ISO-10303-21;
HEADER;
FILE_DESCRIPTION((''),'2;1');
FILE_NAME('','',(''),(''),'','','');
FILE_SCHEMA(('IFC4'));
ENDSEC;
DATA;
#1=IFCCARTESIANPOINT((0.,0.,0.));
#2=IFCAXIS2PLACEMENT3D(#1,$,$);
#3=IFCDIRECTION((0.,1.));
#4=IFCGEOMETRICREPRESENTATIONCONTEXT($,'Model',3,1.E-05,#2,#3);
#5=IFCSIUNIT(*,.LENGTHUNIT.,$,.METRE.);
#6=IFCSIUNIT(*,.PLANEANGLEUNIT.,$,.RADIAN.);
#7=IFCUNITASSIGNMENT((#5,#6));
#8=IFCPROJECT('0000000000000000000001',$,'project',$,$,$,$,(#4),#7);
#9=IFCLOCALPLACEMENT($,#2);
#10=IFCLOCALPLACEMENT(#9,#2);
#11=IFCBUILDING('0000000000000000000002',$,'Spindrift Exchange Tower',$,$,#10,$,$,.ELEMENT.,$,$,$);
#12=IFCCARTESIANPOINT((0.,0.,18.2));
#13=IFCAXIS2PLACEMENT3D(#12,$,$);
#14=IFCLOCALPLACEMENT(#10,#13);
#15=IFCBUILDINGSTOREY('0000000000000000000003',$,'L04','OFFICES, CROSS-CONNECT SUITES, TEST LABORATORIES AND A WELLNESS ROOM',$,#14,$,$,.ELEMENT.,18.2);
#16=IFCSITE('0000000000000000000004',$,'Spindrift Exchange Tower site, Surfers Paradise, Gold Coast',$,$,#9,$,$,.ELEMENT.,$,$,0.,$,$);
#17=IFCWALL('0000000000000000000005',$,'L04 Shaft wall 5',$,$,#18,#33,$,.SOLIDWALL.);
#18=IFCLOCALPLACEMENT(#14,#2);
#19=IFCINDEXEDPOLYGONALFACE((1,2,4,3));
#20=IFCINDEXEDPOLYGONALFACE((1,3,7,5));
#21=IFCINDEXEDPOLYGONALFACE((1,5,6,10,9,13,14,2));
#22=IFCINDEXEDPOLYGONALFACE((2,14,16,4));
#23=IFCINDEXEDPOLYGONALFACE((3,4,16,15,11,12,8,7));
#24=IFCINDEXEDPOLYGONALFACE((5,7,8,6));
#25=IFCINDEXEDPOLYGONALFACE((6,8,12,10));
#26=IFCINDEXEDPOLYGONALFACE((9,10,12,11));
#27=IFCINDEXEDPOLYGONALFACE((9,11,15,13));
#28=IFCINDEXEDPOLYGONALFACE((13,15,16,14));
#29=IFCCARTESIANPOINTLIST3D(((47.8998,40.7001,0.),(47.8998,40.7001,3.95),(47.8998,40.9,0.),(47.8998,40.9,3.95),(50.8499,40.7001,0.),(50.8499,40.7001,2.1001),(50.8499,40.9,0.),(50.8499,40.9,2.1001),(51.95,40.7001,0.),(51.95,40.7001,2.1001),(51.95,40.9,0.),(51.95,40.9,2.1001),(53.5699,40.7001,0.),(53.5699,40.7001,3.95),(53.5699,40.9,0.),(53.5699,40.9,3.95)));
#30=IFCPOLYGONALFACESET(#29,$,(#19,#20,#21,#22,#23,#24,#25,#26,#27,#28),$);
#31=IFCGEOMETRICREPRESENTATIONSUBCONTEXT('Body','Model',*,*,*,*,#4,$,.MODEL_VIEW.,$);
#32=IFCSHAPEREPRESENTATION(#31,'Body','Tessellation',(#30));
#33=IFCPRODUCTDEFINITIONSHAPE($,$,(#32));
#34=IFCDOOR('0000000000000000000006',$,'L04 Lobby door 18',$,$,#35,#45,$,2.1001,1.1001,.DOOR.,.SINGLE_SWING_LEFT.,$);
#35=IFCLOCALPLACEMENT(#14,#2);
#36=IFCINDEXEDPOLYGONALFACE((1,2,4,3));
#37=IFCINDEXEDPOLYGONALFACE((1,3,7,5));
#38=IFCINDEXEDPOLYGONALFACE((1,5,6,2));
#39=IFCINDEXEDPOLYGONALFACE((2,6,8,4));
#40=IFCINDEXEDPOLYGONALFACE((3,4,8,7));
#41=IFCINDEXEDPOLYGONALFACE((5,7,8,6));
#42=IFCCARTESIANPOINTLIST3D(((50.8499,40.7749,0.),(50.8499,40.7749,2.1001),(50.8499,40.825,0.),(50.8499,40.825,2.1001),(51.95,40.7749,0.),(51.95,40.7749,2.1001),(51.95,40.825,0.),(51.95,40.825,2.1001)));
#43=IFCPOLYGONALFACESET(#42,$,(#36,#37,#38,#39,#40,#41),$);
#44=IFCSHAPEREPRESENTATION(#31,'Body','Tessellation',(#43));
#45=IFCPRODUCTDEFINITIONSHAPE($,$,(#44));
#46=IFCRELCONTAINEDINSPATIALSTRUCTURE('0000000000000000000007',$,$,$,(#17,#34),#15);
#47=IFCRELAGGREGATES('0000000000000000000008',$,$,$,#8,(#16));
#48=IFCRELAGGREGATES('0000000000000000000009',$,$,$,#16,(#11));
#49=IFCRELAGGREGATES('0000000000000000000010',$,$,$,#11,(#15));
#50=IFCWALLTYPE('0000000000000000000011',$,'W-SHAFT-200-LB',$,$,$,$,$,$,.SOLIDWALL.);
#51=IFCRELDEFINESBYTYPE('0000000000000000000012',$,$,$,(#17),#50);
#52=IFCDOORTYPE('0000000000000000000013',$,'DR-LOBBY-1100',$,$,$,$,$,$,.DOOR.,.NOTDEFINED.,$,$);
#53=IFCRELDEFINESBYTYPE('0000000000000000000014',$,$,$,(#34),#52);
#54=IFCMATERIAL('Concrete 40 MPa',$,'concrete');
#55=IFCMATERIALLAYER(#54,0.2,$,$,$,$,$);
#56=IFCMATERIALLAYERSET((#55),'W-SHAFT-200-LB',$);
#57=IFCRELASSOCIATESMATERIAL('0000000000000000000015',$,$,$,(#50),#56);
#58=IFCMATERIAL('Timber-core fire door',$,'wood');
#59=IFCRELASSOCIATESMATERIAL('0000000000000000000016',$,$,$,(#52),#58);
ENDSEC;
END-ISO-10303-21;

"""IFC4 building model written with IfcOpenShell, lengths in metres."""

from ifc_helpers import new_model, si_unit, direction, frame, frame_2d, origin, place, context, subcontext, project, spatial, rectangle, extrude, source, transform, mapped, material, layer, layer_set, type_object, element, fill, save


model = new_model("IFC4")

# Units and contexts
model_context = context("Model", 3, precision=1e-05, world=origin(), true_north=direction((0.0, 1.0)))
body_context = subcontext(model_context, "Body", "Model", "MODEL_VIEW")
ifc_project = project(units=[si_unit("LENGTHUNIT", "METRE"), si_unit("PLANEANGLEUNIT", "RADIAN")], contexts=[model_context])

# Site, building, storey
site_placement = place(None, origin())
site = spatial("IfcSite", under=ifc_project, at=site_placement, Name="Spindrift Exchange Tower site, Surfers Paradise, Gold Coast", CompositionType="ELEMENT", RefElevation=0.0)
building_placement = place(site_placement, origin())
building = spatial("IfcBuilding", under=site, at=building_placement, Name="Spindrift Exchange Tower", CompositionType="ELEMENT")
storey_placement = place(building_placement, frame((0.0, 0.0, 18.2)))
storey = spatial("IfcBuildingStorey", under=building, at=storey_placement, Name="L04", Description="OFFICES, CROSS-CONNECT SUITES, TEST LABORATORIES AND A WELLNESS ROOM", CompositionType="ELEMENT", Elevation=18.2)

# Shared definitions
ifc_material_1 = material(Name="Concrete 40 MPa", Category="concrete")

# Wall, opening, door
ifc_layer_1 = layer(ifc_material_1, 0.2)
ifc_layer_set_1 = layer_set([ifc_layer_1], Name="W-SHAFT-200-LB")
wall_type_1 = type_object("IfcWallType", Name="W-SHAFT-200-LB", PredefinedType="SOLIDWALL", material=ifc_layer_set_1)
wall_1_placement = place(storey_placement, frame((47.8999, 40.8, 0.0), z_axis=(0.0, 0.0, 1.0), x_axis=(1.0, 0.0, 0.0)))
wall_1 = element("IfcWall", 1, at=wall_1_placement, inside=storey, type_object=wall_type_1, Name="L04 Shaft wall 5", PredefinedType="SOLIDWALL", context=body_context, shape_type="SweptSolid", body=[
    extrude(rectangle(XDim=5.6702, YDim=0.2, at=frame_2d((2.835, 0.0))), origin(), (0.0, 0.0, 1.0), 3.95),
])
opening_1_placement = place(wall_1_placement, frame((2.95, 0.0, 0.0)))
opening_1 = element("IfcOpeningElement", 2, at=opening_1_placement, cuts=wall_1, PredefinedType="OPENING", context=body_context, shape_type="SweptSolid", body=[
    extrude(rectangle(XDim=1.1001, YDim=2.1001, at=frame_2d((0.55, 1.05))), frame((0.0, 0.1099, 0.0), z_axis=(0.0, -1.0, 0.0), x_axis=(1.0, 0.0, 0.0)), (0.0, 0.0, 1.0), 0.22),
])
ifc_material_2 = material(Name="Timber-core fire door", Category="wood")
door_type_1 = type_object("IfcDoorType", Name="DR-LOBBY-1100", OperationType="NOTDEFINED", PredefinedType="DOOR", material=ifc_material_2)
shared_shape_1 = source(origin(), body_context, "Body", "SweptSolid", [
    extrude(rectangle(XDim=1.1001, YDim=2.1001, at=frame_2d((0.55, 1.05))), frame((0.0, 0.0249, 0.0), z_axis=(0.0, -1.0, 0.0), x_axis=(1.0, 0.0, 0.0)), (0.0, 0.0, 1.0), 0.05),
])
door_1_placement = place(opening_1_placement, origin())
door_1 = element("IfcDoor", 3, at=door_1_placement, inside=storey, type_object=door_type_1, Name="L04 Lobby door 18", OperationType="SINGLE_SWING_LEFT", OverallHeight=2.1001, OverallWidth=1.1001, PredefinedType="DOOR", context=body_context, shape_type="MappedRepresentation", body=[
    mapped(shared_shape_1, transform((0.0, 0.0, 0.0), scale=1.0)),
])
fill(opening_1, door_1)

save(model, "model.ifc")
